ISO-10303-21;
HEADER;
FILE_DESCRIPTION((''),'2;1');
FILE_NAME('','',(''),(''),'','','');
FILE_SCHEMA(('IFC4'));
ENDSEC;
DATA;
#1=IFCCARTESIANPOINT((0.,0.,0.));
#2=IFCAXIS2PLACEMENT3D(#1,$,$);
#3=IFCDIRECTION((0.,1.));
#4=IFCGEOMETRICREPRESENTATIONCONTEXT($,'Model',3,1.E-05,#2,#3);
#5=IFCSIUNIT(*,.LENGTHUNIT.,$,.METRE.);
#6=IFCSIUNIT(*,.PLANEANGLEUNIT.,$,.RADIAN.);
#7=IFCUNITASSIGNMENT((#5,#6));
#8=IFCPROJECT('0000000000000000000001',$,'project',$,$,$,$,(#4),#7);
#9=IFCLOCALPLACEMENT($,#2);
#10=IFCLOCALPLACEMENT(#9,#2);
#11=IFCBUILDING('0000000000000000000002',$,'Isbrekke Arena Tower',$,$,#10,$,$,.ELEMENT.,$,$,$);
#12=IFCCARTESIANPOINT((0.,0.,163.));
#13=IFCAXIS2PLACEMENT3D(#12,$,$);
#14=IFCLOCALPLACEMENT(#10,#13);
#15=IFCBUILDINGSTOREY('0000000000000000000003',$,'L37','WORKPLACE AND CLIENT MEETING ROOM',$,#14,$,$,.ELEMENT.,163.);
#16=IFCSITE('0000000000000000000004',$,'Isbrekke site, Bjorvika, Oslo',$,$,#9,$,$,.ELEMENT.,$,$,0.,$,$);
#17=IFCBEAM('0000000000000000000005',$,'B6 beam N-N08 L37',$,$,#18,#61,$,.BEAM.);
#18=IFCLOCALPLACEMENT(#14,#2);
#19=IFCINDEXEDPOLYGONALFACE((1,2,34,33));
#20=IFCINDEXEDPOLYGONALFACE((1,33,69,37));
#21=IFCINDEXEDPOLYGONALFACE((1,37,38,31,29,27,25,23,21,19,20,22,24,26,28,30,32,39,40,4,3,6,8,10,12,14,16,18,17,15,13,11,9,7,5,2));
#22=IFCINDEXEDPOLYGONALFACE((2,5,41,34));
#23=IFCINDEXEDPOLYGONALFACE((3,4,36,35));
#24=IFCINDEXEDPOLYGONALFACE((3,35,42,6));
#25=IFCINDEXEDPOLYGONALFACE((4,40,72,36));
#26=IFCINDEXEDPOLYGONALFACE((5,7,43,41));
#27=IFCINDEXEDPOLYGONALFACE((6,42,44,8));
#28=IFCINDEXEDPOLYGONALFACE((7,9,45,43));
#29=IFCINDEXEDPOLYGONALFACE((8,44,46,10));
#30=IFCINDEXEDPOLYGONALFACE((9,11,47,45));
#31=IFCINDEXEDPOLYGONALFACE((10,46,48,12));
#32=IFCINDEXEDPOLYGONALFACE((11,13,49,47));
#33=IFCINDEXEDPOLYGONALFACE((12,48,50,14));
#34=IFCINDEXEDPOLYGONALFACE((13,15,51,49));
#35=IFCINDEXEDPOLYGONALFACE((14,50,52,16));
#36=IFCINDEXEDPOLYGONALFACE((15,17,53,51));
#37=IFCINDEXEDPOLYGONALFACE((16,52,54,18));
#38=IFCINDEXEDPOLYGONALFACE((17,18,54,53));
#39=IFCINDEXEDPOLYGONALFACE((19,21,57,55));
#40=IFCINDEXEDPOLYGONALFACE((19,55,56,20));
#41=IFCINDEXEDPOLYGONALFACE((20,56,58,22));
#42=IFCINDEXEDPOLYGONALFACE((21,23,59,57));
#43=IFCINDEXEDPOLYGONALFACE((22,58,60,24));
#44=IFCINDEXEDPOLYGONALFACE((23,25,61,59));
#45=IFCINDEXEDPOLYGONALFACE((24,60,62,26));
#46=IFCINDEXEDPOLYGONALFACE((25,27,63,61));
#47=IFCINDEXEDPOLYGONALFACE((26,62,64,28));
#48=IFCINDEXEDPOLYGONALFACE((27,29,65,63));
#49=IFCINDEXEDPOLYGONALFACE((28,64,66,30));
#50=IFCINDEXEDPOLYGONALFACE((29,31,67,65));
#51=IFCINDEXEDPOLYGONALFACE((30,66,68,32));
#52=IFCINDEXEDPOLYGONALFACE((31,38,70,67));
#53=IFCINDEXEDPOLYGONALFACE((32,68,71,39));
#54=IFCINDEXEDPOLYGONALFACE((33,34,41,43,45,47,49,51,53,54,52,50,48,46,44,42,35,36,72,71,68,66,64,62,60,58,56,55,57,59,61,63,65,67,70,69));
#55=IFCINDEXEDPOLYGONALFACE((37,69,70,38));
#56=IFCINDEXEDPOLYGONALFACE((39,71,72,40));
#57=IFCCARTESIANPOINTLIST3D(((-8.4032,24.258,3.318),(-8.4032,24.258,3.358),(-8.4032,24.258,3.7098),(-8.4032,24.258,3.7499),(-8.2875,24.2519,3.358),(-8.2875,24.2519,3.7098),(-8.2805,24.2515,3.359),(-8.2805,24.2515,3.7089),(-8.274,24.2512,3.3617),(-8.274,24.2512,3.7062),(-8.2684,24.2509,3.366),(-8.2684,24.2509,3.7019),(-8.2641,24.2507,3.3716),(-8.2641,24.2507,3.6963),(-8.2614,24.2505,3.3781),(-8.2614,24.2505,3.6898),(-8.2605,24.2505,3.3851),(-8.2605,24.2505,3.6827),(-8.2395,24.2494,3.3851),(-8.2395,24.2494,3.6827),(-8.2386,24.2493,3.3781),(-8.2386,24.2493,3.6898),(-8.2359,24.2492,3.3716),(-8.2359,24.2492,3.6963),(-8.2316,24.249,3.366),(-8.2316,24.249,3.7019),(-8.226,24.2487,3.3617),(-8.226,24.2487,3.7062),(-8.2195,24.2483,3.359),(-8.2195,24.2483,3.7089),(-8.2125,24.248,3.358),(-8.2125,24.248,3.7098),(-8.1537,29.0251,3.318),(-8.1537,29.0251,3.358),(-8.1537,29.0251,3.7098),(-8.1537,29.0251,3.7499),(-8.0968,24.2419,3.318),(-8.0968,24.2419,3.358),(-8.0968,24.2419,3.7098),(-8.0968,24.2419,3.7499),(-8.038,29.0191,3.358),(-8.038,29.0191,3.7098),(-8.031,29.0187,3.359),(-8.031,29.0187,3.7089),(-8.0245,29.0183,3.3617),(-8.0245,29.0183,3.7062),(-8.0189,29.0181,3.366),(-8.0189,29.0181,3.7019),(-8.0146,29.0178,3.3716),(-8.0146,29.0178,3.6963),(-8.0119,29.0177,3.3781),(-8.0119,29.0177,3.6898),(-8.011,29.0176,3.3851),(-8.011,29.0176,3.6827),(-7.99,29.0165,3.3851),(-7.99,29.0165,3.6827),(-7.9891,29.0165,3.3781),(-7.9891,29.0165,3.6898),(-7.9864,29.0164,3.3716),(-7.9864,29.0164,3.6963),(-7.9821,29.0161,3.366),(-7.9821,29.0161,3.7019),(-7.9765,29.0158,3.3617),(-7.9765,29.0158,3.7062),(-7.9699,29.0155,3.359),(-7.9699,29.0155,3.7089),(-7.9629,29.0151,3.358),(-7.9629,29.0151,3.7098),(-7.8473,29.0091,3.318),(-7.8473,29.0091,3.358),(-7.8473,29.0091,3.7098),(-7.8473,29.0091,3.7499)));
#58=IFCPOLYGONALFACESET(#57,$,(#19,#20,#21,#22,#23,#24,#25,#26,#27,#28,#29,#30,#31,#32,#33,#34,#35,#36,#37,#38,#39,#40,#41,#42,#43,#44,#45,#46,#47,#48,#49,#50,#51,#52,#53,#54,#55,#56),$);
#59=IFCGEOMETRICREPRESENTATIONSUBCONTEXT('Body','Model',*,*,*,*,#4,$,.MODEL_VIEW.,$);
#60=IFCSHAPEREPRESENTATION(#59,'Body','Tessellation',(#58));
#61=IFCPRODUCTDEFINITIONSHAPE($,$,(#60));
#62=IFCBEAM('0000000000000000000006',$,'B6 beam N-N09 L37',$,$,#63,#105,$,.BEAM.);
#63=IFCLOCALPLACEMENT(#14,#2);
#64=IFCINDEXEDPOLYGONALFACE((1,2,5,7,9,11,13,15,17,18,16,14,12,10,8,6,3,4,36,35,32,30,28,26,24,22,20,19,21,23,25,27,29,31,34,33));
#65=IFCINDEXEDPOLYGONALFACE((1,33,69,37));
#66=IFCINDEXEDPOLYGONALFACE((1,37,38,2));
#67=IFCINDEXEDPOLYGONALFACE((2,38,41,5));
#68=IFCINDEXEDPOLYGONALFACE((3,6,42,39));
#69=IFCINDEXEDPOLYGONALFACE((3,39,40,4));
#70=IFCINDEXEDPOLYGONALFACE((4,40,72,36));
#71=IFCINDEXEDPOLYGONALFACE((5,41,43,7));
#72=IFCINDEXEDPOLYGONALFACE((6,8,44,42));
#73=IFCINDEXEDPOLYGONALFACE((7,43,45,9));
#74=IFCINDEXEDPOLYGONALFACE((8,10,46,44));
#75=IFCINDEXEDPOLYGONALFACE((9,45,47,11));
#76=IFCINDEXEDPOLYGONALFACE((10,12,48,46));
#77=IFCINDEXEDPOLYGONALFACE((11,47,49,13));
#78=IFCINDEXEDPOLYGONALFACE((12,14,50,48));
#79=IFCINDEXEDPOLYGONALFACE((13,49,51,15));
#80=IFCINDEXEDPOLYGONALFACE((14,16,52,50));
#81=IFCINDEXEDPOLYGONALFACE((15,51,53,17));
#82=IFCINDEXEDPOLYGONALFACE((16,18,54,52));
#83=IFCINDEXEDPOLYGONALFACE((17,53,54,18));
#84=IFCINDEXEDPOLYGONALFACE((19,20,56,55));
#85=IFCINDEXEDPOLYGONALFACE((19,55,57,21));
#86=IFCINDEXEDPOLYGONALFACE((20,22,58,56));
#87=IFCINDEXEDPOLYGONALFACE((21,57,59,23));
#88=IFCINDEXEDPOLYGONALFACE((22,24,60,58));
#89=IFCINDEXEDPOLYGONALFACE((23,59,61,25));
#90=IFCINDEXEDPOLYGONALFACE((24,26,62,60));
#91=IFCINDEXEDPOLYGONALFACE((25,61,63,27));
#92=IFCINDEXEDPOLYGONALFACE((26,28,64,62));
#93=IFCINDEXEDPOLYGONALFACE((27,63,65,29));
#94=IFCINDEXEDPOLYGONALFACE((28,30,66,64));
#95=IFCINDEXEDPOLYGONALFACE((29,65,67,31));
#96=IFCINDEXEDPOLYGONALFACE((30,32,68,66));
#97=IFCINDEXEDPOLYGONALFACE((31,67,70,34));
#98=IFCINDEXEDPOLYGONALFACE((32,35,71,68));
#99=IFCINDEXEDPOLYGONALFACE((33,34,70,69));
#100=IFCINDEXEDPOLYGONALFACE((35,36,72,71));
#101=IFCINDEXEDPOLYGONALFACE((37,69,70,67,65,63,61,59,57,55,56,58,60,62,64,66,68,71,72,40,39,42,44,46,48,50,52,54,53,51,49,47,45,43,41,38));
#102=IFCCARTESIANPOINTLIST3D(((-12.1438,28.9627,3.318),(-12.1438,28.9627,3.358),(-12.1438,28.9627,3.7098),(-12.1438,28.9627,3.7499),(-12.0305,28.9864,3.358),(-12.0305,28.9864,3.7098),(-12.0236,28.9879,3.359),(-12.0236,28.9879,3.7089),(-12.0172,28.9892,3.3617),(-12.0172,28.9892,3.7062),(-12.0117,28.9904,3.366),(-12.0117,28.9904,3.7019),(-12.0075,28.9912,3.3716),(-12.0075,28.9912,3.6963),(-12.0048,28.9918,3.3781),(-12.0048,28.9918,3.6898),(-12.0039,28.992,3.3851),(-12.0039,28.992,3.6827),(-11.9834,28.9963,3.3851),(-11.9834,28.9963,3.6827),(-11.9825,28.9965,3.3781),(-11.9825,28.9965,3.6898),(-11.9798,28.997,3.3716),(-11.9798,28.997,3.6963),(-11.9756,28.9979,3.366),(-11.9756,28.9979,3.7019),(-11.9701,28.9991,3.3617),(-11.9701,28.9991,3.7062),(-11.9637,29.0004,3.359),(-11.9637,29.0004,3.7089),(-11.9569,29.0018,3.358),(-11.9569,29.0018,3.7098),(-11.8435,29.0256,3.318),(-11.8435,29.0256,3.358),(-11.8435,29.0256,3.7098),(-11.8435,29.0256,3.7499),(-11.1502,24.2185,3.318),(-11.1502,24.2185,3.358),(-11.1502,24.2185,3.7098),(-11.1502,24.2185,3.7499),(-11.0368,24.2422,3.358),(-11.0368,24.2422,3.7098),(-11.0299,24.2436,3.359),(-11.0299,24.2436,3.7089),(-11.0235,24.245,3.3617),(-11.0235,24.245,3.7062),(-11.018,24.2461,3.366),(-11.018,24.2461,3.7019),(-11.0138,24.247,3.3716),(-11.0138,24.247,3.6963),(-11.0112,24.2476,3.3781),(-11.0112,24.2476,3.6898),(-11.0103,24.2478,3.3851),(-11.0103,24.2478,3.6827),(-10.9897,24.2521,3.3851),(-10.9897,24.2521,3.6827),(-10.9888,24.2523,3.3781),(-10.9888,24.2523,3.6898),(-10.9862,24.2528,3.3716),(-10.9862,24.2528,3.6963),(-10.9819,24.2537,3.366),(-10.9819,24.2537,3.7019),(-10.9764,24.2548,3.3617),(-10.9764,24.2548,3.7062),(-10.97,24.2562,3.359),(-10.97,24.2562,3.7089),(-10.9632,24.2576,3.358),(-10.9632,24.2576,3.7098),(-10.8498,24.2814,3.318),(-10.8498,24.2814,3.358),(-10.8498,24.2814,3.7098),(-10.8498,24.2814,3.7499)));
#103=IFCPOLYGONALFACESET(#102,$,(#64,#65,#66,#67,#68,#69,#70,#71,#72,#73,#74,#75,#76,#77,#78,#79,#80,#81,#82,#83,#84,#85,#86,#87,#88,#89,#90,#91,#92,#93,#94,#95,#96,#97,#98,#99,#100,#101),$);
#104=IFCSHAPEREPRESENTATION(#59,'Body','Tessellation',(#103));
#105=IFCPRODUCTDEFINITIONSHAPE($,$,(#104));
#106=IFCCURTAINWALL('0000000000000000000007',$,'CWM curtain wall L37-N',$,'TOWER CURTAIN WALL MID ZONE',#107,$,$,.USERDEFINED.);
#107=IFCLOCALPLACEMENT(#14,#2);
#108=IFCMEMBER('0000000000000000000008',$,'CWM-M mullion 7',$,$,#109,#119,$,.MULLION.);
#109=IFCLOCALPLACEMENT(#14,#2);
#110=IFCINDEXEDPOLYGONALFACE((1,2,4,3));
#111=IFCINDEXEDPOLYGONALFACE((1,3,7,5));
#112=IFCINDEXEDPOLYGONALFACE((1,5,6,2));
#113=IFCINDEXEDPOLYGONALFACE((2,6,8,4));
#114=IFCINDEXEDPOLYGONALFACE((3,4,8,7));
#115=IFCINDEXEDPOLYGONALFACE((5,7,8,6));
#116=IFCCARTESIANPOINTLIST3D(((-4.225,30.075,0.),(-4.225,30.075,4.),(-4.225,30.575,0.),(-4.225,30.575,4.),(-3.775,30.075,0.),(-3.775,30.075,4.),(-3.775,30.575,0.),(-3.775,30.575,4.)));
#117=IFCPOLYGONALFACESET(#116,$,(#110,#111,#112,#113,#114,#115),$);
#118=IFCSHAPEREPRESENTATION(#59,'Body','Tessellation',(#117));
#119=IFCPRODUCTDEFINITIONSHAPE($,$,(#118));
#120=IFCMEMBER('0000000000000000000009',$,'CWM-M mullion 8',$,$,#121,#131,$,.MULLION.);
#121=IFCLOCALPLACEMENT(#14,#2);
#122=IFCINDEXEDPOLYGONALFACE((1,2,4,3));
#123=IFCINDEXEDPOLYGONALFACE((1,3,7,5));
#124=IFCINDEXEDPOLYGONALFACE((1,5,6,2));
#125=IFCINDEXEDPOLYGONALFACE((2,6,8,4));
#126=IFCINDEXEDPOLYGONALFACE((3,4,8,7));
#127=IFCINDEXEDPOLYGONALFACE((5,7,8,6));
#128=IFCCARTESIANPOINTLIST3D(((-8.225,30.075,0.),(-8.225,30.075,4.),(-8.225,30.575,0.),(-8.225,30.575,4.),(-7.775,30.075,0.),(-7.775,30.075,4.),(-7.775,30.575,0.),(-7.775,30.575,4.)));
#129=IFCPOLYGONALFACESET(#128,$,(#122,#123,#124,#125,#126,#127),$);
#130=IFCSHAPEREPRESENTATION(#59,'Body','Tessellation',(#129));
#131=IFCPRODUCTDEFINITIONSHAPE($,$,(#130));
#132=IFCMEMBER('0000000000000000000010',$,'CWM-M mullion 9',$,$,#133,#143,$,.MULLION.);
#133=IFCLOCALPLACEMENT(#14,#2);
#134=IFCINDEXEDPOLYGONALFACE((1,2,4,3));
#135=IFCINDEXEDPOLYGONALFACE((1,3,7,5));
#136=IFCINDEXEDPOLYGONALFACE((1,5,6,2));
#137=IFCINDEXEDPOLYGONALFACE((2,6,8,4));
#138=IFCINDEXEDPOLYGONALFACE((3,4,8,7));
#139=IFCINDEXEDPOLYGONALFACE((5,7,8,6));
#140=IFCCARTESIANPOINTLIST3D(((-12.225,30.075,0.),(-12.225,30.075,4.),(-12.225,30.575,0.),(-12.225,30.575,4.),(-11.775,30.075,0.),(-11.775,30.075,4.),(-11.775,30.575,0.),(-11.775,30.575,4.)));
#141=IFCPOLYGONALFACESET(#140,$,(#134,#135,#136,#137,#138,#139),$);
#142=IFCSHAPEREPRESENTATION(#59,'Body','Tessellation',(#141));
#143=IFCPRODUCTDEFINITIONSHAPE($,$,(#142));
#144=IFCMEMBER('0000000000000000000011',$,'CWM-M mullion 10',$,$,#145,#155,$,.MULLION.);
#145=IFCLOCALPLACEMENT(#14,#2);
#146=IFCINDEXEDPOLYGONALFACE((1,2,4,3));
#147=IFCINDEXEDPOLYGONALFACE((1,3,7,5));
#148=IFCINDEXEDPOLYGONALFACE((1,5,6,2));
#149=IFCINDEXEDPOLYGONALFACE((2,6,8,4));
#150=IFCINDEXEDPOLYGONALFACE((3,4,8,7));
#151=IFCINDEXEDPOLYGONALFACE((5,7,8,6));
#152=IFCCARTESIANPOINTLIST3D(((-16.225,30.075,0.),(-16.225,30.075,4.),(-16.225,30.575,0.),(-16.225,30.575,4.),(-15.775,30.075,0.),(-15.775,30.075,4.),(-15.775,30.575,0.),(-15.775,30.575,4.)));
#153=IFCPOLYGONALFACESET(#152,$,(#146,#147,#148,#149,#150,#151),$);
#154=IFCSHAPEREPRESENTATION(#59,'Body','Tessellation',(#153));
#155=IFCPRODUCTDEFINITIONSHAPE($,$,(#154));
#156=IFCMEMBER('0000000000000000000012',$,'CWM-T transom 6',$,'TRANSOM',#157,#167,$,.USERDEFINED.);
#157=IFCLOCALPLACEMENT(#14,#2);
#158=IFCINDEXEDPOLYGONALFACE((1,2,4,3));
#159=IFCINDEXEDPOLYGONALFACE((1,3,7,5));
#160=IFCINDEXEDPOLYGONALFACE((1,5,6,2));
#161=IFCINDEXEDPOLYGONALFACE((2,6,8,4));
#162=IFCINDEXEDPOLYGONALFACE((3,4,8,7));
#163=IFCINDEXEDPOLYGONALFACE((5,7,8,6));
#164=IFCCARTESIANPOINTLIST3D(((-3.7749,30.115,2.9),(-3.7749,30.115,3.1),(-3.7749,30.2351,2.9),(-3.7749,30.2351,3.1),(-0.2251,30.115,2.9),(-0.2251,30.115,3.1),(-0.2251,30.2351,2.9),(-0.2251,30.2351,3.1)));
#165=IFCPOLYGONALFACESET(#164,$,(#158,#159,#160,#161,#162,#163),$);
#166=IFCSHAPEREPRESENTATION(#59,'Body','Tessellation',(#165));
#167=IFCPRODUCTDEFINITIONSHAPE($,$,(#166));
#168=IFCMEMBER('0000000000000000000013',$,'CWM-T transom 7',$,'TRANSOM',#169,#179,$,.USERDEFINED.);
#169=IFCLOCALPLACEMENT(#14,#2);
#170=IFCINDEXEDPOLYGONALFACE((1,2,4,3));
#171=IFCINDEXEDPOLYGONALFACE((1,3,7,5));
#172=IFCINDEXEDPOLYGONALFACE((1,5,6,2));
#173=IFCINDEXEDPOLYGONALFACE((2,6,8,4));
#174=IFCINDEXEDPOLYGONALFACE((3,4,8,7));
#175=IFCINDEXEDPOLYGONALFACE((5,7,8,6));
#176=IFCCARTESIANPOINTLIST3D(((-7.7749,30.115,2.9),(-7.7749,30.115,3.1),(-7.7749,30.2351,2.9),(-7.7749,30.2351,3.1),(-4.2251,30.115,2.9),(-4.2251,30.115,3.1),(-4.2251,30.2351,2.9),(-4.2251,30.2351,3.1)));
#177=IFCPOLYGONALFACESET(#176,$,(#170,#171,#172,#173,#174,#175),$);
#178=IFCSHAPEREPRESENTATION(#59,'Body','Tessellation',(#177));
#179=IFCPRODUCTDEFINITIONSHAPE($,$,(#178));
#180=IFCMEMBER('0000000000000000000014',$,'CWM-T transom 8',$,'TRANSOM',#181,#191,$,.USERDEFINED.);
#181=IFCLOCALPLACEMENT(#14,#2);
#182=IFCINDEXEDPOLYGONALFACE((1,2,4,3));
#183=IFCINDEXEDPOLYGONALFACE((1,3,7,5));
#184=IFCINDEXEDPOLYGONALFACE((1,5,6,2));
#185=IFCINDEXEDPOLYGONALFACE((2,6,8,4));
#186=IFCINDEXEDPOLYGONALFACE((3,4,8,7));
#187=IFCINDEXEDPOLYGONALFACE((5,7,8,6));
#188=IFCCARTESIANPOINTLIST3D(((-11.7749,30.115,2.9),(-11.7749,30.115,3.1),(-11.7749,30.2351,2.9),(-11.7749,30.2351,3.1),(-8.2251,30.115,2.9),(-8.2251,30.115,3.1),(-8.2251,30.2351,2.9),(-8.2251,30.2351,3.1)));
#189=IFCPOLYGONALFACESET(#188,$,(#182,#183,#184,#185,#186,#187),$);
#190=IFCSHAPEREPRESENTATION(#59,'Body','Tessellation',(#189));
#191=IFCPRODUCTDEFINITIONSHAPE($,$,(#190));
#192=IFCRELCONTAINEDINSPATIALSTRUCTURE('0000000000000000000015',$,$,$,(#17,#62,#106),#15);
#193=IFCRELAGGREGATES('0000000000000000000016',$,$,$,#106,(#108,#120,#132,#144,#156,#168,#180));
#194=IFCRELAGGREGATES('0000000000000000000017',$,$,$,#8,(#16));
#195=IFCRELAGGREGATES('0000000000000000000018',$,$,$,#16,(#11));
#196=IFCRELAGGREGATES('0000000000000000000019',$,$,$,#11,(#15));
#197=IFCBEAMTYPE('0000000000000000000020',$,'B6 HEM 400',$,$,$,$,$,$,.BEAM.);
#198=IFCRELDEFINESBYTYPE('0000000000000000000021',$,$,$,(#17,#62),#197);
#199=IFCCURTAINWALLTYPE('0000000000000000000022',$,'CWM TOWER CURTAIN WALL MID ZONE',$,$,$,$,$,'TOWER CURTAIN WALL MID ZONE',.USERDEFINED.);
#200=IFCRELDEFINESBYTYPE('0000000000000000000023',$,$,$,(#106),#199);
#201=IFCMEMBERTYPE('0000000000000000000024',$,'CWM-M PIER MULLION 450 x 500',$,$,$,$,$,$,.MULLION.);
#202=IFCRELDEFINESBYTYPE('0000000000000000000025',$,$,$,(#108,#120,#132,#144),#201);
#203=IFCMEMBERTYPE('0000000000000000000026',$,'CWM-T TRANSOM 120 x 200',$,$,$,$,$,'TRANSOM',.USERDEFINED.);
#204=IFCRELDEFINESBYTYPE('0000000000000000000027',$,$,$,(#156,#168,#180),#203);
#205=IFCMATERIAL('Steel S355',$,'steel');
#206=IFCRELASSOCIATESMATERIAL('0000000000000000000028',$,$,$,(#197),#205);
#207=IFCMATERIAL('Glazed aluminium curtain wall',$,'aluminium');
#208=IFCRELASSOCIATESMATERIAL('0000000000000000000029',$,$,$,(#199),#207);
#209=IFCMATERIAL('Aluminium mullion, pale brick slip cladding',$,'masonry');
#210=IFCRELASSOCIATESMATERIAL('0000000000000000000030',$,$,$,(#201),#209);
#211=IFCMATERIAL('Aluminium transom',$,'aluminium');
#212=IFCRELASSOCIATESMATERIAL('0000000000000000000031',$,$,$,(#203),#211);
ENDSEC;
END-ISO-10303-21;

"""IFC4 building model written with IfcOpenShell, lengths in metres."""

from ifc_helpers import new_model, si_unit, direction, frame, origin, origin_2d, place, context, subcontext, project, spatial, rectangle, i_section, extrude, material, material_profile, profile_set, type_object, element, aggregate, save


model = new_model("IFC4")

# Units and contexts
model_context = context("Model", 3, precision=1e-05, world=origin(), true_north=direction((0.0, 1.0)))
body_context = subcontext(model_context, "Body", "Model", "MODEL_VIEW")
ifc_project = project(units=[si_unit("LENGTHUNIT", "METRE"), si_unit("PLANEANGLEUNIT", "RADIAN")], contexts=[model_context])

# Site, building, storey
site_placement = place(None, origin())
site = spatial("IfcSite", under=ifc_project, at=site_placement, Name="Isbrekke site, Bjorvika, Oslo", CompositionType="ELEMENT", RefElevation=0.0)
building_placement = place(site_placement, origin())
building = spatial("IfcBuilding", under=site, at=building_placement, Name="Isbrekke Arena Tower", CompositionType="ELEMENT")
storey_placement = place(building_placement, frame((0.0, 0.0, 163.0)))
storey = spatial("IfcBuildingStorey", under=building, at=storey_placement, Name="L37", Description="WORKPLACE AND CLIENT MEETING ROOM", CompositionType="ELEMENT", Elevation=163.0)

# Beams
ifc_material_1 = material(Name="Steel S355", Category="steel")
ifc_material_profile_1 = material_profile(ifc_material_1, i_section(OverallWidth=0.3069, OverallDepth=0.4319, WebThickness=0.021, FlangeThickness=0.04, FilletRadius=0.0271, at=origin_2d()), Name="HEM 400")
ifc_profile_set_1 = profile_set([ifc_material_profile_1], Name="Steel S355")
beam_type_1 = type_object("IfcBeamType", Name="B6 HEM 400", PredefinedType="BEAM", material=ifc_profile_set_1)
beam_1_placement = place(storey_placement, frame((-8.0005, 29.0171, 3.5339), z_axis=(-0.052269, -0.998633, 0.0), x_axis=(0.998633, -0.052269, 0.0)))
element("IfcBeam", 1, at=beam_1_placement, inside=storey, type_object=beam_type_1, Name="B6 beam N-N08 L37", PredefinedType="BEAM", context=body_context, shape_type="SweptSolid", body=[
    extrude(i_section(OverallWidth=0.3069, OverallDepth=0.4319, WebThickness=0.021, FlangeThickness=0.04, FilletRadius=0.0271, at=origin_2d()), origin(), (0.0, 0.0, 1.0), 4.7737),
])
beam_2_placement = place(storey_placement, frame((-11.9937, 28.9941, 3.5339), z_axis=(0.205, -0.978762, 0.0), x_axis=(0.978762, 0.205, 0.0)))
element("IfcBeam", 2, at=beam_2_placement, inside=storey, type_object=beam_type_1, Name="B6 beam N-N09 L37", PredefinedType="BEAM", context=body_context, shape_type="SweptSolid", body=[
    extrude(i_section(OverallWidth=0.3069, OverallDepth=0.4319, WebThickness=0.021, FlangeThickness=0.04, FilletRadius=0.0271, at=origin_2d()), origin(), (0.0, 0.0, 1.0), 4.8472),
])

# Curtain wall, members
ifc_material_2 = material(Name="Glazed aluminium curtain wall", Category="aluminium")
curtain_wall_type = type_object("IfcCurtainWallType", Name="CWM TOWER CURTAIN WALL MID ZONE", ElementType="TOWER CURTAIN WALL MID ZONE", PredefinedType="USERDEFINED", material=ifc_material_2)
curtain_wall_placement = place(storey_placement, origin())
curtain_wall = element("IfcCurtainWall", 3, at=curtain_wall_placement, inside=storey, type_object=curtain_wall_type, Name="CWM curtain wall L37-N", ObjectType="TOWER CURTAIN WALL MID ZONE", PredefinedType="USERDEFINED")
ifc_material_3 = material(Name="Aluminium mullion, pale brick slip cladding", Category="masonry")
ifc_material_profile_2 = material_profile(ifc_material_3, rectangle(XDim=0.45, YDim=0.5, at=origin_2d()), Name="PIER 450X500")
ifc_profile_set_2 = profile_set([ifc_material_profile_2], Name="Aluminium mullion, pale brick slip cladding")
member_type_1 = type_object("IfcMemberType", Name="CWM-M PIER MULLION 450 x 500", PredefinedType="MULLION", material=ifc_profile_set_2)
member_1_placement = place(storey_placement, frame((-4.0, 30.325, 0.0), z_axis=(0.0, 0.0, 1.0), x_axis=(-1.0, 0.0, 0.0)))
member_1 = element("IfcMember", 4, at=member_1_placement, type_object=member_type_1, Name="CWM-M mullion 7", PredefinedType="MULLION", context=body_context, shape_type="SweptSolid", body=[
    extrude(rectangle(XDim=0.45, YDim=0.5, at=origin_2d()), origin(), (0.0, 0.0, 1.0), 4.0),
])
member_2_placement = place(storey_placement, frame((-8.0, 30.325, 0.0), z_axis=(0.0, 0.0, 1.0), x_axis=(-1.0, 0.0, 0.0)))
member_2 = element("IfcMember", 5, at=member_2_placement, type_object=member_type_1, Name="CWM-M mullion 8", PredefinedType="MULLION", context=body_context, shape_type="SweptSolid", body=[
    extrude(rectangle(XDim=0.45, YDim=0.5, at=origin_2d()), origin(), (0.0, 0.0, 1.0), 4.0),
])
member_3_placement = place(storey_placement, frame((-12.0, 30.325, 0.0), z_axis=(0.0, 0.0, 1.0), x_axis=(-1.0, 0.0, 0.0)))
member_3 = element("IfcMember", 6, at=member_3_placement, type_object=member_type_1, Name="CWM-M mullion 9", PredefinedType="MULLION", context=body_context, shape_type="SweptSolid", body=[
    extrude(rectangle(XDim=0.45, YDim=0.5, at=origin_2d()), origin(), (0.0, 0.0, 1.0), 4.0),
])
member_4_placement = place(storey_placement, frame((-16.0, 30.325, 0.0), z_axis=(0.0, 0.0, 1.0), x_axis=(-1.0, 0.0, 0.0)))
member_4 = element("IfcMember", 7, at=member_4_placement, type_object=member_type_1, Name="CWM-M mullion 10", PredefinedType="MULLION", context=body_context, shape_type="SweptSolid", body=[
    extrude(rectangle(XDim=0.45, YDim=0.5, at=origin_2d()), origin(), (0.0, 0.0, 1.0), 4.0),
])
ifc_material_4 = material(Name="Aluminium transom", Category="aluminium")
ifc_material_profile_3 = material_profile(ifc_material_4, rectangle(XDim=0.1201, YDim=0.2, at=origin_2d()), Name="TRANSOM 120X200")
ifc_profile_set_3 = profile_set([ifc_material_profile_3], Name="Aluminium transom")
member_type_2 = type_object("IfcMemberType", Name="CWM-T TRANSOM 120 x 200", ElementType="TRANSOM", PredefinedType="USERDEFINED", material=ifc_profile_set_3)
member_5_placement = place(storey_placement, frame((-0.2251, 30.175, 3.0), z_axis=(-1.0, 0.0, 0.0), x_axis=(0.0, -1.0, 0.0)))
member_5 = element("IfcMember", 8, at=member_5_placement, type_object=member_type_2, Name="CWM-T transom 6", ObjectType="TRANSOM", PredefinedType="USERDEFINED", context=body_context, shape_type="SweptSolid", body=[
    extrude(rectangle(XDim=0.1201, YDim=0.2, at=origin_2d()), origin(), (0.0, 0.0, 1.0), 3.5498),
])
member_6_placement = place(storey_placement, frame((-4.2251, 30.175, 3.0), z_axis=(-1.0, 0.0, 0.0), x_axis=(0.0, -1.0, 0.0)))
member_6 = element("IfcMember", 9, at=member_6_placement, type_object=member_type_2, Name="CWM-T transom 7", ObjectType="TRANSOM", PredefinedType="USERDEFINED", context=body_context, shape_type="SweptSolid", body=[
    extrude(rectangle(XDim=0.1201, YDim=0.2, at=origin_2d()), origin(), (0.0, 0.0, 1.0), 3.5498),
])
member_7_placement = place(storey_placement, frame((-8.2251, 30.175, 3.0), z_axis=(-1.0, 0.0, 0.0), x_axis=(0.0, -1.0, 0.0)))
member_7 = element("IfcMember", 10, at=member_7_placement, type_object=member_type_2, Name="CWM-T transom 8", ObjectType="TRANSOM", PredefinedType="USERDEFINED", context=body_context, shape_type="SweptSolid", body=[
    extrude(rectangle(XDim=0.1201, YDim=0.2, at=origin_2d()), origin(), (0.0, 0.0, 1.0), 3.5498),
])

aggregate(curtain_wall, [member_1, member_2, member_3, member_4, member_5, member_6, member_7])

save(model, "model.ifc")
